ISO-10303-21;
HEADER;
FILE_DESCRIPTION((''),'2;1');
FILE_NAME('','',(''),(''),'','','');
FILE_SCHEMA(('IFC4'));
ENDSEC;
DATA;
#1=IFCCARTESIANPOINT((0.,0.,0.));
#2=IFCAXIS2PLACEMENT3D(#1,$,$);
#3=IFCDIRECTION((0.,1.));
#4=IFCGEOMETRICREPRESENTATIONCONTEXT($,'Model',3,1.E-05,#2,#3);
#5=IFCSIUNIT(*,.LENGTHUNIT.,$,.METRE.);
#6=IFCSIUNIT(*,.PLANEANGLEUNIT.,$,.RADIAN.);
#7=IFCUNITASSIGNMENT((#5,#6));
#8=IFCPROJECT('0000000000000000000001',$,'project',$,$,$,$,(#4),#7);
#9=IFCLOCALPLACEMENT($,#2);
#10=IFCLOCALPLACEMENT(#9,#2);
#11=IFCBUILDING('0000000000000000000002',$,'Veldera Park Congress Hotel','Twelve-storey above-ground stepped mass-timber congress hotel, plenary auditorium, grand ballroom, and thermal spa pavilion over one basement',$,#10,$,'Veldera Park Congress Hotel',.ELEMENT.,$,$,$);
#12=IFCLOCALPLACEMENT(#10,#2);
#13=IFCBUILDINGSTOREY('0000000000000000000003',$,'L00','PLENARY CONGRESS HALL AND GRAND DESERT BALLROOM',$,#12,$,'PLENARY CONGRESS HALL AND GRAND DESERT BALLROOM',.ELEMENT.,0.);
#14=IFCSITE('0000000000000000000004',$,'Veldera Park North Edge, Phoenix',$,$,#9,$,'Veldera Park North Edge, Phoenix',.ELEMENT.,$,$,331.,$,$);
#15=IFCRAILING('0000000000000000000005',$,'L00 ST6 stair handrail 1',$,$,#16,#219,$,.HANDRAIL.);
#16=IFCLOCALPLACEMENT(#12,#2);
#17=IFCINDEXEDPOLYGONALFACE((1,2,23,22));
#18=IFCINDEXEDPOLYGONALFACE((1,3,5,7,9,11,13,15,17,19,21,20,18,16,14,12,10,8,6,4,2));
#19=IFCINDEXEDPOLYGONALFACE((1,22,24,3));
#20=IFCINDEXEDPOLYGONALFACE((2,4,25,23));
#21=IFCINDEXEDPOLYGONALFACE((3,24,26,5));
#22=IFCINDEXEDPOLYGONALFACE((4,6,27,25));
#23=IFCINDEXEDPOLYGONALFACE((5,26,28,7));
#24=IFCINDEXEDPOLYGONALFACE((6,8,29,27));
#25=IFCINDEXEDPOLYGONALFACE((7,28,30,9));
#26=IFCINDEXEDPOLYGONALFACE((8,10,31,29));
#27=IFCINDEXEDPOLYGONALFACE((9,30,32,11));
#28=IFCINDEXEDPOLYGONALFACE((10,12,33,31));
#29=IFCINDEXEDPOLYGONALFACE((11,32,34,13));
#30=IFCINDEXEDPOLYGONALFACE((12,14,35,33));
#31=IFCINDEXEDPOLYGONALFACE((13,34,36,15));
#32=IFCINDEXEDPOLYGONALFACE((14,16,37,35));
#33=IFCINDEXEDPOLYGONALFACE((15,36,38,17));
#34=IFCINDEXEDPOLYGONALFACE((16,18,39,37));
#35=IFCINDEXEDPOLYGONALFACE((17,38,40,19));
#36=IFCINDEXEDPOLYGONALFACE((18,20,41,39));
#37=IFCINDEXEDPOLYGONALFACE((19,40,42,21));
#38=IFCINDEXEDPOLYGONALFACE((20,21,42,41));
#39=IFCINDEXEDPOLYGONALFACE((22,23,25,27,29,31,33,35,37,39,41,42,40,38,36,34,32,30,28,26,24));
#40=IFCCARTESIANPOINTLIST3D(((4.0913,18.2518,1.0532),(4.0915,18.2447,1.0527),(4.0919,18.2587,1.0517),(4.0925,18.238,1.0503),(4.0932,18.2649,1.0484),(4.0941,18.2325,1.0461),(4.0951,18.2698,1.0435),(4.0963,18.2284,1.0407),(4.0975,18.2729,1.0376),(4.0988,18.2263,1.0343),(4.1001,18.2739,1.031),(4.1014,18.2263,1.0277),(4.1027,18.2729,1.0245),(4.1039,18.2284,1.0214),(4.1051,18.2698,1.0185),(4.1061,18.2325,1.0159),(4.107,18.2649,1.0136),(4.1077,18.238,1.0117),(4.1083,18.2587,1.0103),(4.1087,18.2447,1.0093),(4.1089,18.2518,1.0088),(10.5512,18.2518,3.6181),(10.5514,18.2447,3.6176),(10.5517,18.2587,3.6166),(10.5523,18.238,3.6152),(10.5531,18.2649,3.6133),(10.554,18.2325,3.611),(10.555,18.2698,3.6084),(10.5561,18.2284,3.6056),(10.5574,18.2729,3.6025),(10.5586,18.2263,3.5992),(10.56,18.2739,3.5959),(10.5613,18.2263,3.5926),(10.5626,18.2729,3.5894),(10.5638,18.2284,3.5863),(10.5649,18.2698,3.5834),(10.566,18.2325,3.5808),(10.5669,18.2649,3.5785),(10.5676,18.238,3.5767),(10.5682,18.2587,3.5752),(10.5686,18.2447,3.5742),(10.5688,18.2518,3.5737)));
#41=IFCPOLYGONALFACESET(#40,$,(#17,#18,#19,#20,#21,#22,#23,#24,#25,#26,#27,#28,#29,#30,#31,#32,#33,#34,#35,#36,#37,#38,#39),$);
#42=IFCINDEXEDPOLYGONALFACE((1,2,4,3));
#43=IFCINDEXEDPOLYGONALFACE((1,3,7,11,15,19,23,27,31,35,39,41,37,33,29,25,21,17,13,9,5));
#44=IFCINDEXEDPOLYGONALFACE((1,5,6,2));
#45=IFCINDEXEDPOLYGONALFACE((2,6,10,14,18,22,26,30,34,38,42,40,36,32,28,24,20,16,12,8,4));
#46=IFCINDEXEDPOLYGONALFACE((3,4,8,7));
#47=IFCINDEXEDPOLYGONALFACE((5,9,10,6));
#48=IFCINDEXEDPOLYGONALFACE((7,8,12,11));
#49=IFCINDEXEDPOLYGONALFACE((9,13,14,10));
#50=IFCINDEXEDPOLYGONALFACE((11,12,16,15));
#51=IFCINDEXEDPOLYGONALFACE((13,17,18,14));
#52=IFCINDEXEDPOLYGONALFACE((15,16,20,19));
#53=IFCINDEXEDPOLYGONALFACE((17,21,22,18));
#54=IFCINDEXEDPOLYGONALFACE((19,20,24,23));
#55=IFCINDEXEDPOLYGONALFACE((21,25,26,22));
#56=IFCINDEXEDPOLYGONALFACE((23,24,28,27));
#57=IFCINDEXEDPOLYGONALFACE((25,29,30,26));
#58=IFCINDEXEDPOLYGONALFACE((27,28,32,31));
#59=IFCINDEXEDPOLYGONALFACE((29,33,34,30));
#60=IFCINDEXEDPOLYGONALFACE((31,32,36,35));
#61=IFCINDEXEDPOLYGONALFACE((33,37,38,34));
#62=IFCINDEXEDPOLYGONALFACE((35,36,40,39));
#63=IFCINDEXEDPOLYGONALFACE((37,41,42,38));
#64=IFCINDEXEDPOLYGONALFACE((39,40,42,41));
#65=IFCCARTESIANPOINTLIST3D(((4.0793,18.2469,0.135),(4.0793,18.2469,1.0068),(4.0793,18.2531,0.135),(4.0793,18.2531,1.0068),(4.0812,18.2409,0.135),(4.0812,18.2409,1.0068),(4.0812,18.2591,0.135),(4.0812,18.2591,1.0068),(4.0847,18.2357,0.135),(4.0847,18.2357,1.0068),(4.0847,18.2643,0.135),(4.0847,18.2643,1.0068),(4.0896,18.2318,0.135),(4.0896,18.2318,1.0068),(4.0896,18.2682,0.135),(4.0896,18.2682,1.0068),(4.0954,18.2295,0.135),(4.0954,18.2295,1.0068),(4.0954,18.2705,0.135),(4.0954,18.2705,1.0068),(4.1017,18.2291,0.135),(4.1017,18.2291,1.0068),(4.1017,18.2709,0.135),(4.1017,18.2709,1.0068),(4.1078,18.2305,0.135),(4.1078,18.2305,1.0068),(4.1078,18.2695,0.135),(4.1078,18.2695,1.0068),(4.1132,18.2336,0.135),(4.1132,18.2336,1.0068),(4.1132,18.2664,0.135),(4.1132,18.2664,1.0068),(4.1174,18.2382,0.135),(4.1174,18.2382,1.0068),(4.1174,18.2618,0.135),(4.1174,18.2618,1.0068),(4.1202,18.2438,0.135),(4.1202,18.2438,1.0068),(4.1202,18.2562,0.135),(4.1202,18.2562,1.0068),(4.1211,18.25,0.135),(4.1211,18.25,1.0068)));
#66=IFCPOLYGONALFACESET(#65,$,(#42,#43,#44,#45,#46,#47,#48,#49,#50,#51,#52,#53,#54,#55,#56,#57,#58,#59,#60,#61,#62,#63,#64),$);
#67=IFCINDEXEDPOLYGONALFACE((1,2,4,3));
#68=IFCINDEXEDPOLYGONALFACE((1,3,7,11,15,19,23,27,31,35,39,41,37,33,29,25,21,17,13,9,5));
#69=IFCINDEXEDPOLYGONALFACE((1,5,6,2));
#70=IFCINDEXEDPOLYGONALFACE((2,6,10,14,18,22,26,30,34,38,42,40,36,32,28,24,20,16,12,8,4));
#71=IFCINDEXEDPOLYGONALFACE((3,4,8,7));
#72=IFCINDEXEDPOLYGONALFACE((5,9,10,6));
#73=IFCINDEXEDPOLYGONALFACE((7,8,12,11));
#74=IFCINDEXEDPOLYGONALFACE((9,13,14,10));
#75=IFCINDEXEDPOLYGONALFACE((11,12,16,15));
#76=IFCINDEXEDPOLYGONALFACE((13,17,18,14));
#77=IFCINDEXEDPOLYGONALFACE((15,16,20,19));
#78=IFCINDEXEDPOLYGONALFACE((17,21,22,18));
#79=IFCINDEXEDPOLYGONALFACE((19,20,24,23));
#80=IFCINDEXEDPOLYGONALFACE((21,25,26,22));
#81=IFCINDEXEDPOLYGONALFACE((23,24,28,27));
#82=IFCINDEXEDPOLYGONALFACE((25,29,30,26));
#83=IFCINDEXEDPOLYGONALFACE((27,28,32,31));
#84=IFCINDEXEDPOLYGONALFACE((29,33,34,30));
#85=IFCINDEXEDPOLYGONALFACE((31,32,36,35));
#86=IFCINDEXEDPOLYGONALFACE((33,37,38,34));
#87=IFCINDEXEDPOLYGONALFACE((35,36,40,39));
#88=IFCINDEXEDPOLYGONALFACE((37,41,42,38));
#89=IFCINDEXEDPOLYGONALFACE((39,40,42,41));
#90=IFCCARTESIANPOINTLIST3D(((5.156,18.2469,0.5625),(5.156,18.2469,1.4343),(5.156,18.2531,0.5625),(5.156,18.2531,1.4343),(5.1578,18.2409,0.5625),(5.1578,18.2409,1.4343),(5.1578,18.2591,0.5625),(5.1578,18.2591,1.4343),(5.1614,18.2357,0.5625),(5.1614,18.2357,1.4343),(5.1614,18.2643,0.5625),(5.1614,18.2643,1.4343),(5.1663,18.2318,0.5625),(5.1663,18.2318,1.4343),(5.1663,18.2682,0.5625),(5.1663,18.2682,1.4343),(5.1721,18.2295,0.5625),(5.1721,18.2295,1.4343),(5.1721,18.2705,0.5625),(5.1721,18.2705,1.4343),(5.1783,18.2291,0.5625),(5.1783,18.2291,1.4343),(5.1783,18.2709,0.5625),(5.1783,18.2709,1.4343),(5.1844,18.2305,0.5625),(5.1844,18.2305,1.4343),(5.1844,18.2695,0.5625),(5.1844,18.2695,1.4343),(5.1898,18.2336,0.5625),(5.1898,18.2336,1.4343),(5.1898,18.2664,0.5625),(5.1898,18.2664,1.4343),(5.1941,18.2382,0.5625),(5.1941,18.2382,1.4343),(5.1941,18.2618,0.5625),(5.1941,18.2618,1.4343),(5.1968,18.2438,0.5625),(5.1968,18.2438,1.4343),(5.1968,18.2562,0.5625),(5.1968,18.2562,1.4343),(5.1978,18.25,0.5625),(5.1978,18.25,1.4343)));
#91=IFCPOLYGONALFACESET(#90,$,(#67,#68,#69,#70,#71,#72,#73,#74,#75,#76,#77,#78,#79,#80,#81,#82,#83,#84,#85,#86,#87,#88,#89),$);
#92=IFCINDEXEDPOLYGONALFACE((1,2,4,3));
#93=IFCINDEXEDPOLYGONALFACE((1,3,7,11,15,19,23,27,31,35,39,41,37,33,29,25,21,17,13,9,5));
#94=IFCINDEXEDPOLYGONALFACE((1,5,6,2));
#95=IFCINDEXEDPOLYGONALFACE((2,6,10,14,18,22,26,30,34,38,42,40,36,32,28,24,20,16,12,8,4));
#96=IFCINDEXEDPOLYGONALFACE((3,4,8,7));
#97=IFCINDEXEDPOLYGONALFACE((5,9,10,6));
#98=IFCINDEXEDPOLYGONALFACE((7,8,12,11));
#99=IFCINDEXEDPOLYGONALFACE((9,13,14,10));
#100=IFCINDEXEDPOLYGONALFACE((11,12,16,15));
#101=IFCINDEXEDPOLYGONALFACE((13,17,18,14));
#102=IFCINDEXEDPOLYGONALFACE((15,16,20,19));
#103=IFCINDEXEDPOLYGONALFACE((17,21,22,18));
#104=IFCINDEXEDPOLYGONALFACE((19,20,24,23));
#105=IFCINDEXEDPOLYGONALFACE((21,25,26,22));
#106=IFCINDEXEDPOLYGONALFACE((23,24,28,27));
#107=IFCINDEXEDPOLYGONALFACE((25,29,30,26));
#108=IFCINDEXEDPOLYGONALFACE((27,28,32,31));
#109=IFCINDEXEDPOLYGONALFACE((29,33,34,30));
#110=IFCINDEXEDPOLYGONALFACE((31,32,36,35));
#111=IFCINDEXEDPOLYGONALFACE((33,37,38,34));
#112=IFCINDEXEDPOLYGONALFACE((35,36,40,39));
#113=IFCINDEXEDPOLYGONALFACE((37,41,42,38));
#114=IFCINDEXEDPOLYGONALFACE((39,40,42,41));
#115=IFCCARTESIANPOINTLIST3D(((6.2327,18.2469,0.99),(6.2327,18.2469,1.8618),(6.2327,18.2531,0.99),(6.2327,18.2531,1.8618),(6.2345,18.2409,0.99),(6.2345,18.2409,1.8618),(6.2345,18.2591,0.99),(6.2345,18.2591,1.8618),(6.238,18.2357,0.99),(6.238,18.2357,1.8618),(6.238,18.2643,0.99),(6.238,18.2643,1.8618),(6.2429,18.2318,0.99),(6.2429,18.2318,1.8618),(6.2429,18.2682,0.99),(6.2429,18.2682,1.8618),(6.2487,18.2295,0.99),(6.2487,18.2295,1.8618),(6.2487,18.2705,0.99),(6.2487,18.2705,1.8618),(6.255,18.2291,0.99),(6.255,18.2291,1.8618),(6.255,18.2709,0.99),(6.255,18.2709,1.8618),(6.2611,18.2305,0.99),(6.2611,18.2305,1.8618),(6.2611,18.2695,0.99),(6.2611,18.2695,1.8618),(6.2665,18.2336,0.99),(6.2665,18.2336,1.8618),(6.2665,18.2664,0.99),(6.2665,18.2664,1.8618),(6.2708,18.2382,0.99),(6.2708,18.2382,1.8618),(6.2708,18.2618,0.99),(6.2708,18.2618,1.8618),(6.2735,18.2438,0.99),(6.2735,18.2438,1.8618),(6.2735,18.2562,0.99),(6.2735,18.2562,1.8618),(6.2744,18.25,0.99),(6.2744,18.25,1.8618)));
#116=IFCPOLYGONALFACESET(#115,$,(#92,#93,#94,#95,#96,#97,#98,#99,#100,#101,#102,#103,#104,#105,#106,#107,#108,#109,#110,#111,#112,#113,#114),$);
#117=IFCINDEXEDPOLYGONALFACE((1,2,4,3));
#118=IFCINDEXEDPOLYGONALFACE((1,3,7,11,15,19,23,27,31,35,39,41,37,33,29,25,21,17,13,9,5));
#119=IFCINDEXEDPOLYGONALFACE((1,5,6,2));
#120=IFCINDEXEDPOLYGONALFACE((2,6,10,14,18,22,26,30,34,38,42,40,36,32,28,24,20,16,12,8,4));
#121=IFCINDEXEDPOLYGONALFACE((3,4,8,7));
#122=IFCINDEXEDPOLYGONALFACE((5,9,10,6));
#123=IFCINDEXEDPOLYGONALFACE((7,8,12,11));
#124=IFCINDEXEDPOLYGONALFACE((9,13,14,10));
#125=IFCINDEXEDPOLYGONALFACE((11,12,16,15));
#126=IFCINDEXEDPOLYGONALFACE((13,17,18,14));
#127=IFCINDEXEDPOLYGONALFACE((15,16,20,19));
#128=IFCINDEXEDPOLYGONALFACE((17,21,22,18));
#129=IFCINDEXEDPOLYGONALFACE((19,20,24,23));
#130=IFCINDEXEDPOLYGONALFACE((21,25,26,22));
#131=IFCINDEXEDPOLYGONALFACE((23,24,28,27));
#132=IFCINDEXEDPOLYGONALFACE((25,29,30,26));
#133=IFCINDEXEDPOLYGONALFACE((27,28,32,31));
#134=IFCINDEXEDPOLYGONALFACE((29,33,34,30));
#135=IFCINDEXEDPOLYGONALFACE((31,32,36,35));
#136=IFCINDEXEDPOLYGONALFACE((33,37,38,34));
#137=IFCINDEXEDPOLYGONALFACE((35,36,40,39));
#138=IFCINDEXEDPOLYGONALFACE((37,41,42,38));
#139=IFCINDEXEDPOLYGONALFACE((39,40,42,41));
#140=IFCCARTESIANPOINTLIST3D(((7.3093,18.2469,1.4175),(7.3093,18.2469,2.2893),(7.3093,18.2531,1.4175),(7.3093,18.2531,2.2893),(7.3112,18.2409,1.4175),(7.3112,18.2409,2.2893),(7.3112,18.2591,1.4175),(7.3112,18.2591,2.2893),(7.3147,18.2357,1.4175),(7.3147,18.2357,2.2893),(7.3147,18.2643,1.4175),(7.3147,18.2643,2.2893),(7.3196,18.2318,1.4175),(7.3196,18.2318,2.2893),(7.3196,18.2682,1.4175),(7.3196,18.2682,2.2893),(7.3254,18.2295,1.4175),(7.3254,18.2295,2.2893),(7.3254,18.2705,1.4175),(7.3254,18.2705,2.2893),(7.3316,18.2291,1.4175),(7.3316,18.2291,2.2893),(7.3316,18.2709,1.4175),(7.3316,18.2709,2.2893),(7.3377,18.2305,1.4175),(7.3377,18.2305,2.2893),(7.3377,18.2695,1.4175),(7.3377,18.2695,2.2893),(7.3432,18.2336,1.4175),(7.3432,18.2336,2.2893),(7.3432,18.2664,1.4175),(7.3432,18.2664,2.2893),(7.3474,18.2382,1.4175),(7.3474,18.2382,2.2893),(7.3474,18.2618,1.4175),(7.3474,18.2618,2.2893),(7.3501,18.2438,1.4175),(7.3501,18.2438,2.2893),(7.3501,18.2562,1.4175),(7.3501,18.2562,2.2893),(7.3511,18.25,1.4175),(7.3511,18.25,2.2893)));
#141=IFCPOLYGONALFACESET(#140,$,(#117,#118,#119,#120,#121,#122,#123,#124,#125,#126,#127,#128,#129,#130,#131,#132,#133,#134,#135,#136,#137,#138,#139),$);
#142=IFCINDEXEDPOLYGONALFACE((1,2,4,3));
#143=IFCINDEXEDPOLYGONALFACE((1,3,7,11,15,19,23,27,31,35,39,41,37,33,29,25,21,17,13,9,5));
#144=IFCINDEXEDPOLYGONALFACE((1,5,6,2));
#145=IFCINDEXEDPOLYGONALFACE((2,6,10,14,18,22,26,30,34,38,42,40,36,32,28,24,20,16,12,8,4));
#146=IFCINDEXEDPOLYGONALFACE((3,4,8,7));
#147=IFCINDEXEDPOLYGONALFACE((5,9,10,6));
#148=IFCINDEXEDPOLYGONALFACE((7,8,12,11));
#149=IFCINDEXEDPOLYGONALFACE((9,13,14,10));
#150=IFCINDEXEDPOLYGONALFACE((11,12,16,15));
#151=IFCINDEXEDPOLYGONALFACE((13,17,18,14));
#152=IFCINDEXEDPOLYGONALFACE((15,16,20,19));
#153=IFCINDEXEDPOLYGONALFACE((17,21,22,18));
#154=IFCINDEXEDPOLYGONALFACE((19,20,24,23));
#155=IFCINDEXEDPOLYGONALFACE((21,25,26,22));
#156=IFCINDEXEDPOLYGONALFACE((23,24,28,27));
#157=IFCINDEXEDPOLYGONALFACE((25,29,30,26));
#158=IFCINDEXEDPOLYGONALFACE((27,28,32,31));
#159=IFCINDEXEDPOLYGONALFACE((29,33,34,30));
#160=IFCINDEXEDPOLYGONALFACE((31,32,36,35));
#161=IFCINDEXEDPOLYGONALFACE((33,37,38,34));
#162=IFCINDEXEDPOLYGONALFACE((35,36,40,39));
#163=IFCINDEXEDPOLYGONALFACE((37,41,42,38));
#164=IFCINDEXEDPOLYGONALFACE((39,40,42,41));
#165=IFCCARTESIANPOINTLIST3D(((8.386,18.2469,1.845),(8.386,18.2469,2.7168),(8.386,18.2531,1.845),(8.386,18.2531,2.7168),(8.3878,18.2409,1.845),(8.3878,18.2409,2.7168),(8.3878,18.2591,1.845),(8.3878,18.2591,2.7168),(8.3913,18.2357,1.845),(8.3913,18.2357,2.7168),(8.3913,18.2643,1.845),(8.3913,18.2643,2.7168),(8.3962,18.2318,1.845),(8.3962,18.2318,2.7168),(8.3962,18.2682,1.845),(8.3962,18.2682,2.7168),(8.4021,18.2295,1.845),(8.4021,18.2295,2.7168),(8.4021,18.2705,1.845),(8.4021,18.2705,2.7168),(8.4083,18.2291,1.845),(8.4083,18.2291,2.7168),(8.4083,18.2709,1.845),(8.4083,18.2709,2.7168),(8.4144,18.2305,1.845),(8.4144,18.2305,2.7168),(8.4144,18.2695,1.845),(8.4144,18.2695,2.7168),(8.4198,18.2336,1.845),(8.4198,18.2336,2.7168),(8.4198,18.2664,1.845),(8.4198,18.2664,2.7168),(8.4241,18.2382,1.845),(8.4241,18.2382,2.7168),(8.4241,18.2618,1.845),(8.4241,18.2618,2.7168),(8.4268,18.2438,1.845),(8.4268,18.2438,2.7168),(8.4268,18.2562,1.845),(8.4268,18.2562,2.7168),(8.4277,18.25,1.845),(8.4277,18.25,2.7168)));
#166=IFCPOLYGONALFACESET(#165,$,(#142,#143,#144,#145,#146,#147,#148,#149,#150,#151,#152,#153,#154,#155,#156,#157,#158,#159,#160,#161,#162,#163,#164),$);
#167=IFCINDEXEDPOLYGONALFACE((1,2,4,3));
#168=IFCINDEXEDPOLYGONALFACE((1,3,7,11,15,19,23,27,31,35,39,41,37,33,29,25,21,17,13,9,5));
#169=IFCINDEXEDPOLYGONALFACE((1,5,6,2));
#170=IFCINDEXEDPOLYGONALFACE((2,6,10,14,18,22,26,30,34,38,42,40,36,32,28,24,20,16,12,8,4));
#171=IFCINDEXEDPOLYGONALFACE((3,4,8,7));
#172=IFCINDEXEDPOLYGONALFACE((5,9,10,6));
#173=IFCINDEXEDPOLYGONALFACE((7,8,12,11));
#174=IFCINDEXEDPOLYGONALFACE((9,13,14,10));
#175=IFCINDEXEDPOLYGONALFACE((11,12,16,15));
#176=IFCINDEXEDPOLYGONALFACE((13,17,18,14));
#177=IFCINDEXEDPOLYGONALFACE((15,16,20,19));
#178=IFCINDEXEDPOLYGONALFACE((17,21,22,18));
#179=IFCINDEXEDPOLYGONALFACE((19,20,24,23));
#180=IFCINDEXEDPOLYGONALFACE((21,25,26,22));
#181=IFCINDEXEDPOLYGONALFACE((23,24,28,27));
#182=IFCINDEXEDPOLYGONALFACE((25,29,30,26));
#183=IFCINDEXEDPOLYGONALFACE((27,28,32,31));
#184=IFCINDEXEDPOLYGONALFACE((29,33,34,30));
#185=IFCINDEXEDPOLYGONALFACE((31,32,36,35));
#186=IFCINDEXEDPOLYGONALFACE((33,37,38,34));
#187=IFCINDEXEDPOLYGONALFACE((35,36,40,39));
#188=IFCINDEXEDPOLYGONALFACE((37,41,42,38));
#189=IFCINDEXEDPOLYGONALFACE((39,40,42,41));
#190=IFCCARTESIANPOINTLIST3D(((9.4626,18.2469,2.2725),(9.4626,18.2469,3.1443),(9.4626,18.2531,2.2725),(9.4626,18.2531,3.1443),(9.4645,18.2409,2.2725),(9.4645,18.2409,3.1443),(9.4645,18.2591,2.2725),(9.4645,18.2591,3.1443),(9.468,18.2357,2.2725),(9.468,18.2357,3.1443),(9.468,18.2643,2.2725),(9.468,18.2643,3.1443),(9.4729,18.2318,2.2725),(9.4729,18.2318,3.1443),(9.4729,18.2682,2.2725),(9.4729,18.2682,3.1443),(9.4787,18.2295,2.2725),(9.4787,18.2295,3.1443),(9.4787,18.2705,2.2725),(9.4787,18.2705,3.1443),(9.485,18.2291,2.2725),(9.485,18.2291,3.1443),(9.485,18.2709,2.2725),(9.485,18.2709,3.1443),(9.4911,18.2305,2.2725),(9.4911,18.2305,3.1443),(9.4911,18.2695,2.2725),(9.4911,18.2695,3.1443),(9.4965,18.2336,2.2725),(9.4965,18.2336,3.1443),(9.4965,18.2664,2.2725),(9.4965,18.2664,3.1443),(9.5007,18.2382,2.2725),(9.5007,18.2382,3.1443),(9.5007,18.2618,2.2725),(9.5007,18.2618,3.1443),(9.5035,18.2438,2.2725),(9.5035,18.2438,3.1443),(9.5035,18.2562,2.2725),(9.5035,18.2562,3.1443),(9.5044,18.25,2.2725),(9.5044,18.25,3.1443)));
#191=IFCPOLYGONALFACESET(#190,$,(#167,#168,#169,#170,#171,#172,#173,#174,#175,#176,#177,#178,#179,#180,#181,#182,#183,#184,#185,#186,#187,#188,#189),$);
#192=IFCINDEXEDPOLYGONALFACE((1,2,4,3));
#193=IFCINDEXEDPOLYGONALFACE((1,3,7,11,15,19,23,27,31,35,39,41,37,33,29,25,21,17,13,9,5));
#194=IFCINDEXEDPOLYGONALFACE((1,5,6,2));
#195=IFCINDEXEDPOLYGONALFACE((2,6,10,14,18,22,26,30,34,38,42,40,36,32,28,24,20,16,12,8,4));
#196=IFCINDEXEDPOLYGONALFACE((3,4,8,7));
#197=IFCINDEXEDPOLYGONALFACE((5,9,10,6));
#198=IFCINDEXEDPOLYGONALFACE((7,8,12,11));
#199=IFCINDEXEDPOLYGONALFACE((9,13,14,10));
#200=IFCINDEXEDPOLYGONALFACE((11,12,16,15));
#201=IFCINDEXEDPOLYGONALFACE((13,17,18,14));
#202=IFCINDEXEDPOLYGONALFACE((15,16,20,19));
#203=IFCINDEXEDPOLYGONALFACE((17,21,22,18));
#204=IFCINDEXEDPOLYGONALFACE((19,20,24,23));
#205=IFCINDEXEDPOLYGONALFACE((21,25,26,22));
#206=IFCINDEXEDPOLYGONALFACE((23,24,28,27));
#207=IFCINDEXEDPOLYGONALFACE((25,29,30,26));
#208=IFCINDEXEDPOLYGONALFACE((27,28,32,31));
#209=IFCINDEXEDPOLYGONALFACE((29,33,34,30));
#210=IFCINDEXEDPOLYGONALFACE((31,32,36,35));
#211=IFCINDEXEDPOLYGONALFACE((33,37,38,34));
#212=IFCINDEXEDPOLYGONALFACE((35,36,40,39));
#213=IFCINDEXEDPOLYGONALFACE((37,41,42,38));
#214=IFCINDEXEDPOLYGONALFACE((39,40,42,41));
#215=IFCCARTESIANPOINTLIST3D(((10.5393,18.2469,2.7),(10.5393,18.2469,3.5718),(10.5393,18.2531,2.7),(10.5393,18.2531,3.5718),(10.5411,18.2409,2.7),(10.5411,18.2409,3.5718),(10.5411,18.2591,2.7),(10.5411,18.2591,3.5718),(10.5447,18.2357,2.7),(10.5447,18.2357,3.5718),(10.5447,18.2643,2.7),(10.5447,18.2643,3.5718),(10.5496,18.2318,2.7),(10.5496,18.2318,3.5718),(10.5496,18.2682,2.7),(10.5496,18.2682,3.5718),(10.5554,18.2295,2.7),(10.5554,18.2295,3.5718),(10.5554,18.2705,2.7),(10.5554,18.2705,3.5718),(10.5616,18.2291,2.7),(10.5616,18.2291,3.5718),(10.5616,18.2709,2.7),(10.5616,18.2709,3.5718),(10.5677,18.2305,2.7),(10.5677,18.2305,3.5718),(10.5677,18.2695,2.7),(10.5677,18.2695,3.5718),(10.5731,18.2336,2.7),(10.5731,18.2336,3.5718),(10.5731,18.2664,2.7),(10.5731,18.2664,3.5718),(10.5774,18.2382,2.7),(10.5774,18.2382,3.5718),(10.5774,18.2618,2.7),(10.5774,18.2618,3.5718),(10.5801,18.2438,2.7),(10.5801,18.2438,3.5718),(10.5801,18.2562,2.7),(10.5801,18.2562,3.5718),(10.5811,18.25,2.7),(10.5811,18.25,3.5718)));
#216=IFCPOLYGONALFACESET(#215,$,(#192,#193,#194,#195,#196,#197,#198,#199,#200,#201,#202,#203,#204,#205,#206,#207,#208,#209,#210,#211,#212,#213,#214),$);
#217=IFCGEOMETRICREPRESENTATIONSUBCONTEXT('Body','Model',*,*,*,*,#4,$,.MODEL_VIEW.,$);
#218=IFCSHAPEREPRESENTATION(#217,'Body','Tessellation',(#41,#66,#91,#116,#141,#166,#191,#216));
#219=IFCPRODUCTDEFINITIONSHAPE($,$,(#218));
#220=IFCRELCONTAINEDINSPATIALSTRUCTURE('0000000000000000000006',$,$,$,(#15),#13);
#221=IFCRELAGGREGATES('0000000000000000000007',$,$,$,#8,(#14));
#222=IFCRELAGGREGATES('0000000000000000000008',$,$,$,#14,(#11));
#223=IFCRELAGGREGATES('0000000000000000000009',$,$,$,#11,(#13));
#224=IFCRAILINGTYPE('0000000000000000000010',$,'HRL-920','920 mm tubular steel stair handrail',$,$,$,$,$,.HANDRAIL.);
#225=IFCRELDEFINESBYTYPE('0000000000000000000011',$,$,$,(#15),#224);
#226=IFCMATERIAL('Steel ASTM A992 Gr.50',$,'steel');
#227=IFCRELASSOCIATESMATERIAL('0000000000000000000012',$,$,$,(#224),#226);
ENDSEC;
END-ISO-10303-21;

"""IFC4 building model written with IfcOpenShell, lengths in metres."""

from ifc_helpers import new_model, si_unit, direction, frame, origin, origin_2d, place, context, subcontext, project, spatial, circle, extrude, material, type_object, element, save


model = new_model("IFC4")

# Units and contexts
model_context = context("Model", 3, precision=1e-05, world=origin(), true_north=direction((0.0, 1.0)))
body_context = subcontext(model_context, "Body", "Model", "MODEL_VIEW")
ifc_project = project(units=[si_unit("LENGTHUNIT", "METRE"), si_unit("PLANEANGLEUNIT", "RADIAN")], contexts=[model_context])

# Site, building, storey
site_placement = place(None, origin())
site = spatial("IfcSite", under=ifc_project, at=site_placement, Name="Veldera Park North Edge, Phoenix", LongName="Veldera Park North Edge, Phoenix", CompositionType="ELEMENT", RefElevation=331.0)
building_placement = place(site_placement, origin())
building = spatial("IfcBuilding", under=site, at=building_placement, Name="Veldera Park Congress Hotel", Description="Twelve-storey above-ground stepped mass-timber congress hotel, plenary auditorium, grand ballroom, and thermal spa pavilion over one basement", LongName="Veldera Park Congress Hotel", CompositionType="ELEMENT")
storey_placement = place(building_placement, origin())
storey = spatial("IfcBuildingStorey", under=building, at=storey_placement, Name="L00", Description="PLENARY CONGRESS HALL AND GRAND DESERT BALLROOM", LongName="PLENARY CONGRESS HALL AND GRAND DESERT BALLROOM", CompositionType="ELEMENT", Elevation=0.0)

# Shared definitions
ifc_material_1 = material(Name="Steel ASTM A992 Gr.50", Category="steel")

# Railing
railing_type = type_object("IfcRailingType", Name="HRL-920", Description="920 mm tubular steel stair handrail", PredefinedType="HANDRAIL", material=ifc_material_1)
railing_placement = place(storey_placement, frame((4.1001, 18.25, 0.135)))
element("IfcRailing", 1, at=railing_placement, inside=storey, type_object=railing_type, Name="L00 ST6 stair handrail 1", PredefinedType="HANDRAIL", context=body_context, shape_type="SweptSolid", body=[
    extrude(circle(Radius=0.0239, at=origin_2d()), frame((0.0, 0.0, 0.896), z_axis=(0.929418, 0.0, 0.369028), x_axis=(0.0, 1.0, 0.0)), (0.0, 0.0, 1.0), 6.9504),
    extrude(circle(Radius=0.021, at=origin_2d()), origin(), (0.0, 0.0, 1.0), 0.8718),
    extrude(circle(Radius=0.021, at=origin_2d()), frame((1.0767, 0.0, 0.4275)), (0.0, 0.0, 1.0), 0.8718),
    extrude(circle(Radius=0.021, at=origin_2d()), frame((2.1533, 0.0, 0.855)), (0.0, 0.0, 1.0), 0.8718),
    extrude(circle(Radius=0.021, at=origin_2d()), frame((3.23, 0.0, 1.2825)), (0.0, 0.0, 1.0), 0.8718),
    extrude(circle(Radius=0.021, at=origin_2d()), frame((4.3066, 0.0, 1.71)), (0.0, 0.0, 1.0), 0.8718),
    extrude(circle(Radius=0.021, at=origin_2d()), frame((5.3833, 0.0, 2.1375)), (0.0, 0.0, 1.0), 0.8718),
    extrude(circle(Radius=0.021, at=origin_2d()), frame((6.46, 0.0, 2.5649)), (0.0, 0.0, 1.0), 0.8718),
])

save(model, "model.ifc")
